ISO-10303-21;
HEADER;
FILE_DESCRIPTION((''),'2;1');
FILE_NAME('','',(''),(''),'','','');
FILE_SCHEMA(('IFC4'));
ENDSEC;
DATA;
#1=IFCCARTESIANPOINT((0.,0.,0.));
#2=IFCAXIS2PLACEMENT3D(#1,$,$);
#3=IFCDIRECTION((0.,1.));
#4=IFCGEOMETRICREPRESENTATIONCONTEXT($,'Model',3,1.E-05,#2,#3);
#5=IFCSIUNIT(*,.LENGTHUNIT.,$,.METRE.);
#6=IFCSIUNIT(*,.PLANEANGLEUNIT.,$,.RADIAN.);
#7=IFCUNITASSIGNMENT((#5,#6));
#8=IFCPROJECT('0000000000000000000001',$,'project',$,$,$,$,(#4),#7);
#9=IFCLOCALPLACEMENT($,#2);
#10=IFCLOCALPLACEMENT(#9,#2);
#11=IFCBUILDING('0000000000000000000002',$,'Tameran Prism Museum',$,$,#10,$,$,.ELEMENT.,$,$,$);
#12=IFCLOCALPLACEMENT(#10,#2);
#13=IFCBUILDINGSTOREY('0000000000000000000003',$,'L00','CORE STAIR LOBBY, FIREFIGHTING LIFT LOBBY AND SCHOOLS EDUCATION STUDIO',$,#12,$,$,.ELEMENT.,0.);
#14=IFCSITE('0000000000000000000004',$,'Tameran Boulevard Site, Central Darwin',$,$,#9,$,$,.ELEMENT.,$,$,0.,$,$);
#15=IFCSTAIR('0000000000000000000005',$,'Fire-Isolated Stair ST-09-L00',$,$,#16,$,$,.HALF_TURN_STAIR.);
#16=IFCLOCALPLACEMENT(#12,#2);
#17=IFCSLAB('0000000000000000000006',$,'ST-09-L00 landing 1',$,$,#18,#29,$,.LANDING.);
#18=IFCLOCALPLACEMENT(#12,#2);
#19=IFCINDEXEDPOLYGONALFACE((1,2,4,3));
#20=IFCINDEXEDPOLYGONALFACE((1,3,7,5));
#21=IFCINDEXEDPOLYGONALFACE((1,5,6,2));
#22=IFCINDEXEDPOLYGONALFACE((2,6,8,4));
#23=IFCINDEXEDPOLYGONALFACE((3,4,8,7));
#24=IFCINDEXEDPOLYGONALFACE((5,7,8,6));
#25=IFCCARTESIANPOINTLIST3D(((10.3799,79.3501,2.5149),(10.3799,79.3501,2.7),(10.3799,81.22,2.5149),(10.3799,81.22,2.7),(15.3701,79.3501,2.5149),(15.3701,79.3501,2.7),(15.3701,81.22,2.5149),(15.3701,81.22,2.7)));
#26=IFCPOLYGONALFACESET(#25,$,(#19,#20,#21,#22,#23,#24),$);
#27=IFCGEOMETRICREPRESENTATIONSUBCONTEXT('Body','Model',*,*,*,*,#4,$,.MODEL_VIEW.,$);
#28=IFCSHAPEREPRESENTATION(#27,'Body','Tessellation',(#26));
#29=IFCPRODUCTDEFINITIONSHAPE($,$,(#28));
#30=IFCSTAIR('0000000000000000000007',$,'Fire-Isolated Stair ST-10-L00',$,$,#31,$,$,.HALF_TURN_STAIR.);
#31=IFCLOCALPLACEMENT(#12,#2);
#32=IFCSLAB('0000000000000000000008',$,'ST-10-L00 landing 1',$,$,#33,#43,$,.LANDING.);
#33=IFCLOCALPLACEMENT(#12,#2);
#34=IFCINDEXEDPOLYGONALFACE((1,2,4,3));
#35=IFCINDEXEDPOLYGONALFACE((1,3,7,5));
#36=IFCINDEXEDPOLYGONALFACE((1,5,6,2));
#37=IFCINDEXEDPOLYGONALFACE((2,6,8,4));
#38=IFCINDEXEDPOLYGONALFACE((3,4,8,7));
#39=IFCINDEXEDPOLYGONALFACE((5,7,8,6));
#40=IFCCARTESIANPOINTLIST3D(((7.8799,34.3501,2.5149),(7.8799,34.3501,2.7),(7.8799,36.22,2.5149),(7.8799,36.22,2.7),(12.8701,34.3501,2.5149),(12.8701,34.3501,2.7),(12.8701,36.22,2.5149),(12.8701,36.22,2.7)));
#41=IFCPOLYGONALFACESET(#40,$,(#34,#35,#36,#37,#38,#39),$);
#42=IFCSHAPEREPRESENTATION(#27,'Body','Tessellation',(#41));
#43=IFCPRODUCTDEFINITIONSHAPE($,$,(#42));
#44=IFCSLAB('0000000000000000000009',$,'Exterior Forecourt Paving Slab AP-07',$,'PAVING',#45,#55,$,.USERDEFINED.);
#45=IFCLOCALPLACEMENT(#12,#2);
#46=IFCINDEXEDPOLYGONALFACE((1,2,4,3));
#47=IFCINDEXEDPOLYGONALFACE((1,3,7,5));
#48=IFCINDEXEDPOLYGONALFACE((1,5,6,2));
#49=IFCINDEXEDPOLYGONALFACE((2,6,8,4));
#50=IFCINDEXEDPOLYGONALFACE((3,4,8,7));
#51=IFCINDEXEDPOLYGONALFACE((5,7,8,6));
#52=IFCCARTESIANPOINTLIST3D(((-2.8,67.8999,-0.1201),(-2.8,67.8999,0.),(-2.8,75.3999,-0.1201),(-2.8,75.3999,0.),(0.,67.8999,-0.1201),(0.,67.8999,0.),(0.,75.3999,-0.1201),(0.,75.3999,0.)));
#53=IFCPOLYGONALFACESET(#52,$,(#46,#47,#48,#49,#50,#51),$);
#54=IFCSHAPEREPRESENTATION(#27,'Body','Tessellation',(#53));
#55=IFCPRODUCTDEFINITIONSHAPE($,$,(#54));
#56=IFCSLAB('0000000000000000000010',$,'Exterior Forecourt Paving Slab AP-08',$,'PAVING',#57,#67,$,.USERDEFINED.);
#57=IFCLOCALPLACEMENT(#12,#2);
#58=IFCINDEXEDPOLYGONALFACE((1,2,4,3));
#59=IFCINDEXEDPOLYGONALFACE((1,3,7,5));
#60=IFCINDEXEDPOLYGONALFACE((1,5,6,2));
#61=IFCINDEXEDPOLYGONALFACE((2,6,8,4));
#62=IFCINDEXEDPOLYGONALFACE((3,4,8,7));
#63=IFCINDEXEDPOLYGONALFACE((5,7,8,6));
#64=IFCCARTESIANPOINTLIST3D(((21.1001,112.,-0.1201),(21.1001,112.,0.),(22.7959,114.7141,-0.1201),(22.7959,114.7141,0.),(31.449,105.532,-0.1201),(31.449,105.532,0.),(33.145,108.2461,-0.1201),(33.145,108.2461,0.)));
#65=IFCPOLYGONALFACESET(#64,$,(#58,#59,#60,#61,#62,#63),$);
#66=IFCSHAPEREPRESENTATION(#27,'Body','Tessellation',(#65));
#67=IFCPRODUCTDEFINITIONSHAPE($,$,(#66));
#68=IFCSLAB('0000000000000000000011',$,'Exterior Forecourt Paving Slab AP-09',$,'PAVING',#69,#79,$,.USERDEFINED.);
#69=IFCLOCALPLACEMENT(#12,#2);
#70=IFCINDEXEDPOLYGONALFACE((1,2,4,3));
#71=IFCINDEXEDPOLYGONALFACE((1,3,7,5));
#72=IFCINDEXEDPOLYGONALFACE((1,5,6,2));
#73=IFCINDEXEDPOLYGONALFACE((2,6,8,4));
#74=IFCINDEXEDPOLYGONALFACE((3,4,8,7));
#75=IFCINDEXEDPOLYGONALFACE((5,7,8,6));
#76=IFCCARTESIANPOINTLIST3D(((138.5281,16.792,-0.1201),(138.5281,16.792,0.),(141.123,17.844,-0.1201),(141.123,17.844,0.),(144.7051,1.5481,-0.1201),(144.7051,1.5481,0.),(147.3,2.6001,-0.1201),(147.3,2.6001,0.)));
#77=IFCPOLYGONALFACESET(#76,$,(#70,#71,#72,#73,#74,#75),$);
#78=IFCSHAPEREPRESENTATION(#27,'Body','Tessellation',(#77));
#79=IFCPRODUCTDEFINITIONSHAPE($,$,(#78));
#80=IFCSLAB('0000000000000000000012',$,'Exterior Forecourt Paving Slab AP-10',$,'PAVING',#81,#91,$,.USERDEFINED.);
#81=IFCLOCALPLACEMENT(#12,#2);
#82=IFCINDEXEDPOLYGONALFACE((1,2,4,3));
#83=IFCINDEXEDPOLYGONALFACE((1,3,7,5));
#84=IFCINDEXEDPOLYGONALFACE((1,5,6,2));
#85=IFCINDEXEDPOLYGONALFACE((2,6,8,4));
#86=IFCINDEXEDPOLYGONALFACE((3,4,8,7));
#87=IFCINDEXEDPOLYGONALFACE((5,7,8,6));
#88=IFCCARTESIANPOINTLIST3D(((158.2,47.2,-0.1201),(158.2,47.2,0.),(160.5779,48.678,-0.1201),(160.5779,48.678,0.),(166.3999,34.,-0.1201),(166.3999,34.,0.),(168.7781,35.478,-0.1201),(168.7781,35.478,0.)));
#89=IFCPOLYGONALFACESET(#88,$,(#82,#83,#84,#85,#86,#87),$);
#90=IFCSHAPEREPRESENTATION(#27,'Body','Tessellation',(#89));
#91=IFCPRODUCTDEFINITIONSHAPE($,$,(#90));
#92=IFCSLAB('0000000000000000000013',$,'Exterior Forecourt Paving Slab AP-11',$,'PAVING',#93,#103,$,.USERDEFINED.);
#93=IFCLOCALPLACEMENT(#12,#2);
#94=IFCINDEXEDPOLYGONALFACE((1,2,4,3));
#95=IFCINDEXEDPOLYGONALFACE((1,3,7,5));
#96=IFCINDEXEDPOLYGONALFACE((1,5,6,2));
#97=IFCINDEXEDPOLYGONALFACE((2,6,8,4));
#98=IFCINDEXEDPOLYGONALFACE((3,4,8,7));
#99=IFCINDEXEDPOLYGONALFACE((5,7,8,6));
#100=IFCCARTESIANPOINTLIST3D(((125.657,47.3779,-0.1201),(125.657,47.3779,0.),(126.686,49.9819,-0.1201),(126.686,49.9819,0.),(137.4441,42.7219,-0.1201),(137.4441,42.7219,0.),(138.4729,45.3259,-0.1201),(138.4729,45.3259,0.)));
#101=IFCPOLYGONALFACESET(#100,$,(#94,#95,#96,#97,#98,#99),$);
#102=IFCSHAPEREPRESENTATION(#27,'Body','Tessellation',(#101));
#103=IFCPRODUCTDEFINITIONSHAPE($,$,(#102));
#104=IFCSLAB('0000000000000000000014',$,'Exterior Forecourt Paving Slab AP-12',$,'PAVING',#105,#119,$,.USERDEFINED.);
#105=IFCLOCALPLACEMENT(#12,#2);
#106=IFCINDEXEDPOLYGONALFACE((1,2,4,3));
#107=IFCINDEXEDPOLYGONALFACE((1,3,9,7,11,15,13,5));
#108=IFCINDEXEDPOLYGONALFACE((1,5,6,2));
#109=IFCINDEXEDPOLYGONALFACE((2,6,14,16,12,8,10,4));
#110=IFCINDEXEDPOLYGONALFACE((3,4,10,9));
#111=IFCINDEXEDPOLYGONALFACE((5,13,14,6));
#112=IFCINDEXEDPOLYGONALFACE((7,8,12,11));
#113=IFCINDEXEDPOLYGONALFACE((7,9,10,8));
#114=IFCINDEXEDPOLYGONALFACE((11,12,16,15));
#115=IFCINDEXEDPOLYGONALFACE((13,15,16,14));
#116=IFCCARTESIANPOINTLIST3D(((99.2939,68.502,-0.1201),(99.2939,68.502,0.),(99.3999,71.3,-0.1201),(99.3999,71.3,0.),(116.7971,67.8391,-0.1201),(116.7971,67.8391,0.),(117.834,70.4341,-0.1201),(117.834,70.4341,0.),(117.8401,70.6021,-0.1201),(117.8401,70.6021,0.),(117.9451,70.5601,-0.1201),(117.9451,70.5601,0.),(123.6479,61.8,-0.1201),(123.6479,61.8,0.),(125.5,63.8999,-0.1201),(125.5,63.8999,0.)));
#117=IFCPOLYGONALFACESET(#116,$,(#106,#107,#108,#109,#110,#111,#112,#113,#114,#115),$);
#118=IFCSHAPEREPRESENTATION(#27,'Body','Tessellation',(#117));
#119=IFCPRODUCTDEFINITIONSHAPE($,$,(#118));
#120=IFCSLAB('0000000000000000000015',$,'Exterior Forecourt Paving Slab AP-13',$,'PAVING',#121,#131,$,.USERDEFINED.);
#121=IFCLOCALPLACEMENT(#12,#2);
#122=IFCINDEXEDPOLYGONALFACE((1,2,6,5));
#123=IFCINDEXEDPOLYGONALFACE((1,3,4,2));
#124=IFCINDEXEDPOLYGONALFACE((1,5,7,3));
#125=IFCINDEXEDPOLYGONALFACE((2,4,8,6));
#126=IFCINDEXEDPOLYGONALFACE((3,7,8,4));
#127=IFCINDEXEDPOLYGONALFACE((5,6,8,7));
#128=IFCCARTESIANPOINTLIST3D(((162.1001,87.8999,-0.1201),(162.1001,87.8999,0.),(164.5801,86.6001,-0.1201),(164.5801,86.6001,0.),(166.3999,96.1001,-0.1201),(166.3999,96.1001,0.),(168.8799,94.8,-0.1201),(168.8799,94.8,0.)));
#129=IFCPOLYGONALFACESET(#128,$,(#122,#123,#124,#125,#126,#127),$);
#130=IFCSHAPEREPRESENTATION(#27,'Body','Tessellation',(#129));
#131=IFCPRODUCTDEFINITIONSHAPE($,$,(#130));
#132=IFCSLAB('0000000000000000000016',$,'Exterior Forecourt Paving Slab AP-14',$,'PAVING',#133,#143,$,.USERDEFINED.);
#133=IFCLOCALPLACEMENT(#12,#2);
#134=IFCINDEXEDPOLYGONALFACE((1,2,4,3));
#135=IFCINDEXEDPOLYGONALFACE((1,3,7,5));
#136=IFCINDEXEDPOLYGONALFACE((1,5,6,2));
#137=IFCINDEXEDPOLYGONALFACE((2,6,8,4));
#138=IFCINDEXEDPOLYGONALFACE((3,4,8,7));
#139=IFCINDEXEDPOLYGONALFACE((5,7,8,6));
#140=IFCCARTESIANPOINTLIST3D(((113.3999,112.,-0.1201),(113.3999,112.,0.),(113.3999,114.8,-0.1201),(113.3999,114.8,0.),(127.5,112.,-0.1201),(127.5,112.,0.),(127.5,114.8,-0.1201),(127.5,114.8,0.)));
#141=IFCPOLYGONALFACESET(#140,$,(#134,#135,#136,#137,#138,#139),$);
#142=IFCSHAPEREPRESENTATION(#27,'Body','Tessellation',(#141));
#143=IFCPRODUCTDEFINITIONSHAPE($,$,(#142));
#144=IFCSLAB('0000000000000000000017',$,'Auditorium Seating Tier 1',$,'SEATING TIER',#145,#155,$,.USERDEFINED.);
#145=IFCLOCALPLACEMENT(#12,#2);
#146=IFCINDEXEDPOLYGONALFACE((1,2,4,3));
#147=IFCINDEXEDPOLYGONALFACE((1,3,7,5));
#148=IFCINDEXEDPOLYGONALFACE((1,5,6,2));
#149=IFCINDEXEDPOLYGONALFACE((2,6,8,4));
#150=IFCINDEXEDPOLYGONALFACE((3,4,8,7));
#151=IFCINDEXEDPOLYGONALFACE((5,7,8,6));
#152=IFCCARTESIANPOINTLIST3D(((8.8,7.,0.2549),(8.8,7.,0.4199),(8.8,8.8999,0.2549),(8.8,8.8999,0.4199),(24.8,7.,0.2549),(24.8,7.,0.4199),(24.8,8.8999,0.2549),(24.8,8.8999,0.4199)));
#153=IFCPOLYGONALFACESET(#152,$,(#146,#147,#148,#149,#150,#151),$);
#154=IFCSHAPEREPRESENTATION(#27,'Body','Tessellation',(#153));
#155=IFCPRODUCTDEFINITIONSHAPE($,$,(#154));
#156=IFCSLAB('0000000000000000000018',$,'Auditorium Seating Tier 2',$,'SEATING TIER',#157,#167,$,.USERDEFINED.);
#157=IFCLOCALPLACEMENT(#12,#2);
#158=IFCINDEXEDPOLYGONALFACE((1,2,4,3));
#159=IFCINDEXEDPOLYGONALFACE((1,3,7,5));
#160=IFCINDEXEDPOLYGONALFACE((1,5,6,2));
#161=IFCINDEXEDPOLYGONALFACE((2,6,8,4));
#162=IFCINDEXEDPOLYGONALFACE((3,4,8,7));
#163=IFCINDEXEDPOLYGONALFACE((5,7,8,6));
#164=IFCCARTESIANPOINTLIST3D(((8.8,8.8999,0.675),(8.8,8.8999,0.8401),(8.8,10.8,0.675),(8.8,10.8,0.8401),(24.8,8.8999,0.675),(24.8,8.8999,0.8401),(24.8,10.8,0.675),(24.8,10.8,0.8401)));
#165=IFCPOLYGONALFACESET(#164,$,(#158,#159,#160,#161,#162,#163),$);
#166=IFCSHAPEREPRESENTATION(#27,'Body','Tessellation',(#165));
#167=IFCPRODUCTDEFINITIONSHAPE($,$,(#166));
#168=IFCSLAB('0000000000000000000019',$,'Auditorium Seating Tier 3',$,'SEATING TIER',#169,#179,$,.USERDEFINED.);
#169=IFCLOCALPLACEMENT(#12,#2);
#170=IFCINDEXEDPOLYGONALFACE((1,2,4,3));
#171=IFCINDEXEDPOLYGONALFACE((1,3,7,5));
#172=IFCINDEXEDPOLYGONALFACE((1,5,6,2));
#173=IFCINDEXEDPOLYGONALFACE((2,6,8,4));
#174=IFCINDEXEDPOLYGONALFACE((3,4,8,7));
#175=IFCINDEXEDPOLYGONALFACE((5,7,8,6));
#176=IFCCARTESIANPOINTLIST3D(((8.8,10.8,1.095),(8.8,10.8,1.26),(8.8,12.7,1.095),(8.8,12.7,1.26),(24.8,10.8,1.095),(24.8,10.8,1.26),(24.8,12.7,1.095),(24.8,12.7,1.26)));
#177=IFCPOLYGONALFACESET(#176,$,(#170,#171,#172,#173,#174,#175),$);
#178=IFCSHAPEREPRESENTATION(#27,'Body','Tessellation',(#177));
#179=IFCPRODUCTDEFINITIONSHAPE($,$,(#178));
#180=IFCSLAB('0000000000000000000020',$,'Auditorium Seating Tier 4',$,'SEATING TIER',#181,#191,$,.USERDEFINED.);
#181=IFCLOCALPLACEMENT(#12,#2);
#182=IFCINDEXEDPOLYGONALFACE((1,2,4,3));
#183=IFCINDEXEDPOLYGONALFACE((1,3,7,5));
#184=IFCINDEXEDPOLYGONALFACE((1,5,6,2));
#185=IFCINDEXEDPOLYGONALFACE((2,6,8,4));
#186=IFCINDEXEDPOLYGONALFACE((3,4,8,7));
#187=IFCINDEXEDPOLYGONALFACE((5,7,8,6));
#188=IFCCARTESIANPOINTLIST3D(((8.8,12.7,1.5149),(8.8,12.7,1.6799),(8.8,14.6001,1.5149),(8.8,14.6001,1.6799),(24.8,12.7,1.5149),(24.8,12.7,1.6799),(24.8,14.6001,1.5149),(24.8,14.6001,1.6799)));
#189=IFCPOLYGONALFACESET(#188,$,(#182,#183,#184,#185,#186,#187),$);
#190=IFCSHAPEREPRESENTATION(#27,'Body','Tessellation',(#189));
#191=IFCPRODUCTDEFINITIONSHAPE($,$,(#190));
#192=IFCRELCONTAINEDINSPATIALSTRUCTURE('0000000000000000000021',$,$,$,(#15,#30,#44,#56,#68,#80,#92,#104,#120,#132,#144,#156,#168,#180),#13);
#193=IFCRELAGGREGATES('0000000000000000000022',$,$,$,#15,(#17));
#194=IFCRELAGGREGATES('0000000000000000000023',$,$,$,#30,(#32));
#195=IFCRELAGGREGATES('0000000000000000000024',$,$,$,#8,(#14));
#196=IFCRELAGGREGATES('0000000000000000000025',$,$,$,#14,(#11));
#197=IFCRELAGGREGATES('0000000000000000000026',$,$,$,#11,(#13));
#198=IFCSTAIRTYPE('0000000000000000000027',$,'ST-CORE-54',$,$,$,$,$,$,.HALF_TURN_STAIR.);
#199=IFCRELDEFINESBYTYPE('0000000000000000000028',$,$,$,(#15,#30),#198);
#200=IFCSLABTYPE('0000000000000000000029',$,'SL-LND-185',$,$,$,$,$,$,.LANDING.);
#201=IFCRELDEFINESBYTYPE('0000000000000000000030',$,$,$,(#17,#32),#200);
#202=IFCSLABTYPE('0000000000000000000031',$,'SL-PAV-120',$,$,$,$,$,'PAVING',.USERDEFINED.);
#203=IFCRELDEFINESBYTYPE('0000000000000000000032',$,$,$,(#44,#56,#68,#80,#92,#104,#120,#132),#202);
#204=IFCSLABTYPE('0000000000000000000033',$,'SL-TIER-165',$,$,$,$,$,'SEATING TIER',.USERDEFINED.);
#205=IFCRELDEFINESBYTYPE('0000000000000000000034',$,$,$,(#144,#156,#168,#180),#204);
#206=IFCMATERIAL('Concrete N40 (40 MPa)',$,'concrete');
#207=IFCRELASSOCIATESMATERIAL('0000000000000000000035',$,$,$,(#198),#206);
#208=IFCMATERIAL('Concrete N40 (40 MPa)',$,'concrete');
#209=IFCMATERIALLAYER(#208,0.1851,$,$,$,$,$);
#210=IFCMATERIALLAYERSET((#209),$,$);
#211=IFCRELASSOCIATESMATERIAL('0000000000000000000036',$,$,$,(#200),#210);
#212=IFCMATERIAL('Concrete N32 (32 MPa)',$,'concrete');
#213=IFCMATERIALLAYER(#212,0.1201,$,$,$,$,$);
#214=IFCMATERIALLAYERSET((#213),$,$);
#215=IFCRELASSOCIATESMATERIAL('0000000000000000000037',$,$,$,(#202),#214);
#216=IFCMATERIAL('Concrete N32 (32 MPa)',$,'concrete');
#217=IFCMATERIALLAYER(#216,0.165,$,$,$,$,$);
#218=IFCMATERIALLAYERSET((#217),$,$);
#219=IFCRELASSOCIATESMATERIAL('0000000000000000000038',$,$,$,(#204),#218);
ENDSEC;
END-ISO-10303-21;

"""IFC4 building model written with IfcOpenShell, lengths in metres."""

from ifc_helpers import new_model, si_unit, direction, frame, origin, place, context, subcontext, project, spatial, polyline, outline, extrude, material, layer, layer_set, type_object, element, aggregate, save


model = new_model("IFC4")

# Units and contexts
model_context = context("Model", 3, precision=1e-05, world=origin(), true_north=direction((0.0, 1.0)))
body_context = subcontext(model_context, "Body", "Model", "MODEL_VIEW")
ifc_project = project(units=[si_unit("LENGTHUNIT", "METRE"), si_unit("PLANEANGLEUNIT", "RADIAN")], contexts=[model_context])

# Site, building, storey
site_placement = place(None, origin())
site = spatial("IfcSite", under=ifc_project, at=site_placement, Name="Tameran Boulevard Site, Central Darwin", CompositionType="ELEMENT", RefElevation=0.0)
building_placement = place(site_placement, origin())
building = spatial("IfcBuilding", under=site, at=building_placement, Name="Tameran Prism Museum", CompositionType="ELEMENT")
storey_placement = place(building_placement, origin())
storey = spatial("IfcBuildingStorey", under=building, at=storey_placement, Name="L00", Description="CORE STAIR LOBBY, FIREFIGHTING LIFT LOBBY AND SCHOOLS EDUCATION STUDIO", CompositionType="ELEMENT", Elevation=0.0)

# Stairs, slabs
ifc_material_1 = material(Name="Concrete N40 (40 MPa)", Category="concrete")
stair_type = type_object("IfcStairType", Name="ST-CORE-54", PredefinedType="HALF_TURN_STAIR", material=ifc_material_1)
ifc_material_2 = material(Name="Concrete N40 (40 MPa)", Category="concrete")
ifc_layer_1 = layer(ifc_material_2, 0.1851)
ifc_layer_set_1 = layer_set([ifc_layer_1])
slab_type_1 = type_object("IfcSlabType", Name="SL-LND-185", PredefinedType="LANDING", material=ifc_layer_set_1)
stair_1_placement = place(storey_placement, origin())
stair_1 = element("IfcStair", 1, at=stair_1_placement, inside=storey, type_object=stair_type, Name="Fire-Isolated Stair ST-09-L00", PredefinedType="HALF_TURN_STAIR")
slab_1_placement = place(storey_placement, frame((0.0, 0.0, 2.5149)))
slab_1 = element("IfcSlab", 2, at=slab_1_placement, type_object=slab_type_1, Name="ST-09-L00 landing 1", PredefinedType="LANDING", context=body_context, shape_type="SweptSolid", body=[
    extrude(outline(polyline([(10.3799, 79.3501), (15.3701, 79.3501), (15.3701, 81.22), (10.3799, 81.22), (10.3799, 79.3501)])), origin(), (0.0, 0.0, 1.0), 0.1851),
])
aggregate(stair_1, [slab_1])
stair_2_placement = place(storey_placement, origin())
stair_2 = element("IfcStair", 3, at=stair_2_placement, inside=storey, type_object=stair_type, Name="Fire-Isolated Stair ST-10-L00", PredefinedType="HALF_TURN_STAIR")
slab_2_placement = place(storey_placement, frame((0.0, 0.0, 2.5149)))
slab_2 = element("IfcSlab", 4, at=slab_2_placement, type_object=slab_type_1, Name="ST-10-L00 landing 1", PredefinedType="LANDING", context=body_context, shape_type="SweptSolid", body=[
    extrude(outline(polyline([(7.8799, 34.3501), (12.8701, 34.3501), (12.8701, 36.22), (7.8799, 36.22), (7.8799, 34.3501)])), origin(), (0.0, 0.0, 1.0), 0.1851),
])
aggregate(stair_2, [slab_2])

# Slabs
ifc_material_3 = material(Name="Concrete N32 (32 MPa)", Category="concrete")
ifc_layer_2 = layer(ifc_material_3, 0.1201)
ifc_layer_set_2 = layer_set([ifc_layer_2])
slab_type_2 = type_object("IfcSlabType", Name="SL-PAV-120", ElementType="PAVING", PredefinedType="USERDEFINED", material=ifc_layer_set_2)
slab_3_placement = place(storey_placement, frame((0.0, 0.0, -0.1201)))
element("IfcSlab", 5, at=slab_3_placement, inside=storey, type_object=slab_type_2, Name="Exterior Forecourt Paving Slab AP-07", ObjectType="PAVING", PredefinedType="USERDEFINED", context=body_context, shape_type="SweptSolid", body=[
    extrude(outline(polyline([(-2.8, 67.8999), (-2.8, 75.3999), (0.0, 75.3999), (0.0, 67.8999), (-2.8, 67.8999)])), origin(), (0.0, 0.0, 1.0), 0.1201),
])
slab_4_placement = place(storey_placement, frame((0.0, 0.0, -0.1201)))
element("IfcSlab", 6, at=slab_4_placement, inside=storey, type_object=slab_type_2, Name="Exterior Forecourt Paving Slab AP-08", ObjectType="PAVING", PredefinedType="USERDEFINED", context=body_context, shape_type="SweptSolid", body=[
    extrude(outline(polyline([(31.449, 105.532), (21.1001, 112.0), (22.7959, 114.7141), (33.145, 108.2461), (31.449, 105.532)])), origin(), (0.0, 0.0, 1.0), 0.1201),
])
slab_5_placement = place(storey_placement, frame((0.0, 0.0, -0.1201)))
element("IfcSlab", 7, at=slab_5_placement, inside=storey, type_object=slab_type_2, Name="Exterior Forecourt Paving Slab AP-09", ObjectType="PAVING", PredefinedType="USERDEFINED", context=body_context, shape_type="SweptSolid", body=[
    extrude(outline(polyline([(144.7051, 1.5481), (138.5281, 16.792), (141.123, 17.844), (147.3, 2.6001), (144.7051, 1.5481)])), origin(), (0.0, 0.0, 1.0), 0.1201),
])
slab_6_placement = place(storey_placement, frame((0.0, 0.0, -0.1201)))
element("IfcSlab", 8, at=slab_6_placement, inside=storey, type_object=slab_type_2, Name="Exterior Forecourt Paving Slab AP-10", ObjectType="PAVING", PredefinedType="USERDEFINED", context=body_context, shape_type="SweptSolid", body=[
    extrude(outline(polyline([(160.5779, 48.678), (168.7781, 35.478), (166.3999, 34.0), (158.2, 47.2), (160.5779, 48.678)])), origin(), (0.0, 0.0, 1.0), 0.1201),
])
slab_7_placement = place(storey_placement, frame((0.0, 0.0, -0.1201)))
element("IfcSlab", 9, at=slab_7_placement, inside=storey, type_object=slab_type_2, Name="Exterior Forecourt Paving Slab AP-11", ObjectType="PAVING", PredefinedType="USERDEFINED", context=body_context, shape_type="SweptSolid", body=[
    extrude(outline(polyline([(126.686, 49.9819), (138.4729, 45.3259), (137.4441, 42.7219), (125.657, 47.3779), (126.686, 49.9819)])), origin(), (0.0, 0.0, 1.0), 0.1201),
])
slab_8_placement = place(storey_placement, frame((0.0, 0.0, -0.1201)))
element("IfcSlab", 10, at=slab_8_placement, inside=storey, type_object=slab_type_2, Name="Exterior Forecourt Paving Slab AP-12", ObjectType="PAVING", PredefinedType="USERDEFINED", context=body_context, shape_type="SweptSolid", body=[
    extrude(outline(polyline([(99.3999, 71.3), (117.8401, 70.6021), (117.834, 70.4341), (117.9451, 70.5601), (125.5, 63.8999), (123.6479, 61.8), (116.7971, 67.8391), (99.2939, 68.502), (99.3999, 71.3)])), origin(), (0.0, 0.0, 1.0), 0.1201),
])
slab_9_placement = place(storey_placement, frame((0.0, 0.0, -0.1201)))
element("IfcSlab", 11, at=slab_9_placement, inside=storey, type_object=slab_type_2, Name="Exterior Forecourt Paving Slab AP-13", ObjectType="PAVING", PredefinedType="USERDEFINED", context=body_context, shape_type="SweptSolid", body=[
    extrude(outline(polyline([(168.8799, 94.8), (164.5801, 86.6001), (162.1001, 87.8999), (166.3999, 96.1001), (168.8799, 94.8)])), origin(), (0.0, 0.0, 1.0), 0.1201),
])
slab_10_placement = place(storey_placement, frame((0.0, 0.0, -0.1201)))
element("IfcSlab", 12, at=slab_10_placement, inside=storey, type_object=slab_type_2, Name="Exterior Forecourt Paving Slab AP-14", ObjectType="PAVING", PredefinedType="USERDEFINED", context=body_context, shape_type="SweptSolid", body=[
    extrude(outline(polyline([(113.3999, 114.8), (127.5, 114.8), (127.5, 112.0), (113.3999, 112.0), (113.3999, 114.8)])), origin(), (0.0, 0.0, 1.0), 0.1201),
])
ifc_material_4 = material(Name="Concrete N32 (32 MPa)", Category="concrete")
ifc_layer_3 = layer(ifc_material_4, 0.165)
ifc_layer_set_3 = layer_set([ifc_layer_3])
slab_type_3 = type_object("IfcSlabType", Name="SL-TIER-165", ElementType="SEATING TIER", PredefinedType="USERDEFINED", material=ifc_layer_set_3)
slab_11_placement = place(storey_placement, frame((0.0, 0.0, 0.2549)))
element("IfcSlab", 13, at=slab_11_placement, inside=storey, type_object=slab_type_3, Name="Auditorium Seating Tier 1", ObjectType="SEATING TIER", PredefinedType="USERDEFINED", context=body_context, shape_type="SweptSolid", body=[
    extrude(outline(polyline([(8.8, 7.0), (24.8, 7.0), (24.8, 8.8999), (8.8, 8.8999), (8.8, 7.0)])), origin(), (0.0, 0.0, 1.0), 0.165),
])
slab_12_placement = place(storey_placement, frame((0.0, 0.0, 0.675)))
element("IfcSlab", 14, at=slab_12_placement, inside=storey, type_object=slab_type_3, Name="Auditorium Seating Tier 2", ObjectType="SEATING TIER", PredefinedType="USERDEFINED", context=body_context, shape_type="SweptSolid", body=[
    extrude(outline(polyline([(8.8, 8.8999), (24.8, 8.8999), (24.8, 10.8), (8.8, 10.8), (8.8, 8.8999)])), origin(), (0.0, 0.0, 1.0), 0.165),
])
slab_13_placement = place(storey_placement, frame((0.0, 0.0, 1.095)))
element("IfcSlab", 15, at=slab_13_placement, inside=storey, type_object=slab_type_3, Name="Auditorium Seating Tier 3", ObjectType="SEATING TIER", PredefinedType="USERDEFINED", context=body_context, shape_type="SweptSolid", body=[
    extrude(outline(polyline([(8.8, 10.8), (24.8, 10.8), (24.8, 12.7), (8.8, 12.7), (8.8, 10.8)])), origin(), (0.0, 0.0, 1.0), 0.165),
])
slab_14_placement = place(storey_placement, frame((0.0, 0.0, 1.5149)))
element("IfcSlab", 16, at=slab_14_placement, inside=storey, type_object=slab_type_3, Name="Auditorium Seating Tier 4", ObjectType="SEATING TIER", PredefinedType="USERDEFINED", context=body_context, shape_type="SweptSolid", body=[
    extrude(outline(polyline([(8.8, 12.7), (24.8, 12.7), (24.8, 14.6001), (8.8, 14.6001), (8.8, 12.7)])), origin(), (0.0, 0.0, 1.0), 0.165),
])

save(model, "model.ifc")
